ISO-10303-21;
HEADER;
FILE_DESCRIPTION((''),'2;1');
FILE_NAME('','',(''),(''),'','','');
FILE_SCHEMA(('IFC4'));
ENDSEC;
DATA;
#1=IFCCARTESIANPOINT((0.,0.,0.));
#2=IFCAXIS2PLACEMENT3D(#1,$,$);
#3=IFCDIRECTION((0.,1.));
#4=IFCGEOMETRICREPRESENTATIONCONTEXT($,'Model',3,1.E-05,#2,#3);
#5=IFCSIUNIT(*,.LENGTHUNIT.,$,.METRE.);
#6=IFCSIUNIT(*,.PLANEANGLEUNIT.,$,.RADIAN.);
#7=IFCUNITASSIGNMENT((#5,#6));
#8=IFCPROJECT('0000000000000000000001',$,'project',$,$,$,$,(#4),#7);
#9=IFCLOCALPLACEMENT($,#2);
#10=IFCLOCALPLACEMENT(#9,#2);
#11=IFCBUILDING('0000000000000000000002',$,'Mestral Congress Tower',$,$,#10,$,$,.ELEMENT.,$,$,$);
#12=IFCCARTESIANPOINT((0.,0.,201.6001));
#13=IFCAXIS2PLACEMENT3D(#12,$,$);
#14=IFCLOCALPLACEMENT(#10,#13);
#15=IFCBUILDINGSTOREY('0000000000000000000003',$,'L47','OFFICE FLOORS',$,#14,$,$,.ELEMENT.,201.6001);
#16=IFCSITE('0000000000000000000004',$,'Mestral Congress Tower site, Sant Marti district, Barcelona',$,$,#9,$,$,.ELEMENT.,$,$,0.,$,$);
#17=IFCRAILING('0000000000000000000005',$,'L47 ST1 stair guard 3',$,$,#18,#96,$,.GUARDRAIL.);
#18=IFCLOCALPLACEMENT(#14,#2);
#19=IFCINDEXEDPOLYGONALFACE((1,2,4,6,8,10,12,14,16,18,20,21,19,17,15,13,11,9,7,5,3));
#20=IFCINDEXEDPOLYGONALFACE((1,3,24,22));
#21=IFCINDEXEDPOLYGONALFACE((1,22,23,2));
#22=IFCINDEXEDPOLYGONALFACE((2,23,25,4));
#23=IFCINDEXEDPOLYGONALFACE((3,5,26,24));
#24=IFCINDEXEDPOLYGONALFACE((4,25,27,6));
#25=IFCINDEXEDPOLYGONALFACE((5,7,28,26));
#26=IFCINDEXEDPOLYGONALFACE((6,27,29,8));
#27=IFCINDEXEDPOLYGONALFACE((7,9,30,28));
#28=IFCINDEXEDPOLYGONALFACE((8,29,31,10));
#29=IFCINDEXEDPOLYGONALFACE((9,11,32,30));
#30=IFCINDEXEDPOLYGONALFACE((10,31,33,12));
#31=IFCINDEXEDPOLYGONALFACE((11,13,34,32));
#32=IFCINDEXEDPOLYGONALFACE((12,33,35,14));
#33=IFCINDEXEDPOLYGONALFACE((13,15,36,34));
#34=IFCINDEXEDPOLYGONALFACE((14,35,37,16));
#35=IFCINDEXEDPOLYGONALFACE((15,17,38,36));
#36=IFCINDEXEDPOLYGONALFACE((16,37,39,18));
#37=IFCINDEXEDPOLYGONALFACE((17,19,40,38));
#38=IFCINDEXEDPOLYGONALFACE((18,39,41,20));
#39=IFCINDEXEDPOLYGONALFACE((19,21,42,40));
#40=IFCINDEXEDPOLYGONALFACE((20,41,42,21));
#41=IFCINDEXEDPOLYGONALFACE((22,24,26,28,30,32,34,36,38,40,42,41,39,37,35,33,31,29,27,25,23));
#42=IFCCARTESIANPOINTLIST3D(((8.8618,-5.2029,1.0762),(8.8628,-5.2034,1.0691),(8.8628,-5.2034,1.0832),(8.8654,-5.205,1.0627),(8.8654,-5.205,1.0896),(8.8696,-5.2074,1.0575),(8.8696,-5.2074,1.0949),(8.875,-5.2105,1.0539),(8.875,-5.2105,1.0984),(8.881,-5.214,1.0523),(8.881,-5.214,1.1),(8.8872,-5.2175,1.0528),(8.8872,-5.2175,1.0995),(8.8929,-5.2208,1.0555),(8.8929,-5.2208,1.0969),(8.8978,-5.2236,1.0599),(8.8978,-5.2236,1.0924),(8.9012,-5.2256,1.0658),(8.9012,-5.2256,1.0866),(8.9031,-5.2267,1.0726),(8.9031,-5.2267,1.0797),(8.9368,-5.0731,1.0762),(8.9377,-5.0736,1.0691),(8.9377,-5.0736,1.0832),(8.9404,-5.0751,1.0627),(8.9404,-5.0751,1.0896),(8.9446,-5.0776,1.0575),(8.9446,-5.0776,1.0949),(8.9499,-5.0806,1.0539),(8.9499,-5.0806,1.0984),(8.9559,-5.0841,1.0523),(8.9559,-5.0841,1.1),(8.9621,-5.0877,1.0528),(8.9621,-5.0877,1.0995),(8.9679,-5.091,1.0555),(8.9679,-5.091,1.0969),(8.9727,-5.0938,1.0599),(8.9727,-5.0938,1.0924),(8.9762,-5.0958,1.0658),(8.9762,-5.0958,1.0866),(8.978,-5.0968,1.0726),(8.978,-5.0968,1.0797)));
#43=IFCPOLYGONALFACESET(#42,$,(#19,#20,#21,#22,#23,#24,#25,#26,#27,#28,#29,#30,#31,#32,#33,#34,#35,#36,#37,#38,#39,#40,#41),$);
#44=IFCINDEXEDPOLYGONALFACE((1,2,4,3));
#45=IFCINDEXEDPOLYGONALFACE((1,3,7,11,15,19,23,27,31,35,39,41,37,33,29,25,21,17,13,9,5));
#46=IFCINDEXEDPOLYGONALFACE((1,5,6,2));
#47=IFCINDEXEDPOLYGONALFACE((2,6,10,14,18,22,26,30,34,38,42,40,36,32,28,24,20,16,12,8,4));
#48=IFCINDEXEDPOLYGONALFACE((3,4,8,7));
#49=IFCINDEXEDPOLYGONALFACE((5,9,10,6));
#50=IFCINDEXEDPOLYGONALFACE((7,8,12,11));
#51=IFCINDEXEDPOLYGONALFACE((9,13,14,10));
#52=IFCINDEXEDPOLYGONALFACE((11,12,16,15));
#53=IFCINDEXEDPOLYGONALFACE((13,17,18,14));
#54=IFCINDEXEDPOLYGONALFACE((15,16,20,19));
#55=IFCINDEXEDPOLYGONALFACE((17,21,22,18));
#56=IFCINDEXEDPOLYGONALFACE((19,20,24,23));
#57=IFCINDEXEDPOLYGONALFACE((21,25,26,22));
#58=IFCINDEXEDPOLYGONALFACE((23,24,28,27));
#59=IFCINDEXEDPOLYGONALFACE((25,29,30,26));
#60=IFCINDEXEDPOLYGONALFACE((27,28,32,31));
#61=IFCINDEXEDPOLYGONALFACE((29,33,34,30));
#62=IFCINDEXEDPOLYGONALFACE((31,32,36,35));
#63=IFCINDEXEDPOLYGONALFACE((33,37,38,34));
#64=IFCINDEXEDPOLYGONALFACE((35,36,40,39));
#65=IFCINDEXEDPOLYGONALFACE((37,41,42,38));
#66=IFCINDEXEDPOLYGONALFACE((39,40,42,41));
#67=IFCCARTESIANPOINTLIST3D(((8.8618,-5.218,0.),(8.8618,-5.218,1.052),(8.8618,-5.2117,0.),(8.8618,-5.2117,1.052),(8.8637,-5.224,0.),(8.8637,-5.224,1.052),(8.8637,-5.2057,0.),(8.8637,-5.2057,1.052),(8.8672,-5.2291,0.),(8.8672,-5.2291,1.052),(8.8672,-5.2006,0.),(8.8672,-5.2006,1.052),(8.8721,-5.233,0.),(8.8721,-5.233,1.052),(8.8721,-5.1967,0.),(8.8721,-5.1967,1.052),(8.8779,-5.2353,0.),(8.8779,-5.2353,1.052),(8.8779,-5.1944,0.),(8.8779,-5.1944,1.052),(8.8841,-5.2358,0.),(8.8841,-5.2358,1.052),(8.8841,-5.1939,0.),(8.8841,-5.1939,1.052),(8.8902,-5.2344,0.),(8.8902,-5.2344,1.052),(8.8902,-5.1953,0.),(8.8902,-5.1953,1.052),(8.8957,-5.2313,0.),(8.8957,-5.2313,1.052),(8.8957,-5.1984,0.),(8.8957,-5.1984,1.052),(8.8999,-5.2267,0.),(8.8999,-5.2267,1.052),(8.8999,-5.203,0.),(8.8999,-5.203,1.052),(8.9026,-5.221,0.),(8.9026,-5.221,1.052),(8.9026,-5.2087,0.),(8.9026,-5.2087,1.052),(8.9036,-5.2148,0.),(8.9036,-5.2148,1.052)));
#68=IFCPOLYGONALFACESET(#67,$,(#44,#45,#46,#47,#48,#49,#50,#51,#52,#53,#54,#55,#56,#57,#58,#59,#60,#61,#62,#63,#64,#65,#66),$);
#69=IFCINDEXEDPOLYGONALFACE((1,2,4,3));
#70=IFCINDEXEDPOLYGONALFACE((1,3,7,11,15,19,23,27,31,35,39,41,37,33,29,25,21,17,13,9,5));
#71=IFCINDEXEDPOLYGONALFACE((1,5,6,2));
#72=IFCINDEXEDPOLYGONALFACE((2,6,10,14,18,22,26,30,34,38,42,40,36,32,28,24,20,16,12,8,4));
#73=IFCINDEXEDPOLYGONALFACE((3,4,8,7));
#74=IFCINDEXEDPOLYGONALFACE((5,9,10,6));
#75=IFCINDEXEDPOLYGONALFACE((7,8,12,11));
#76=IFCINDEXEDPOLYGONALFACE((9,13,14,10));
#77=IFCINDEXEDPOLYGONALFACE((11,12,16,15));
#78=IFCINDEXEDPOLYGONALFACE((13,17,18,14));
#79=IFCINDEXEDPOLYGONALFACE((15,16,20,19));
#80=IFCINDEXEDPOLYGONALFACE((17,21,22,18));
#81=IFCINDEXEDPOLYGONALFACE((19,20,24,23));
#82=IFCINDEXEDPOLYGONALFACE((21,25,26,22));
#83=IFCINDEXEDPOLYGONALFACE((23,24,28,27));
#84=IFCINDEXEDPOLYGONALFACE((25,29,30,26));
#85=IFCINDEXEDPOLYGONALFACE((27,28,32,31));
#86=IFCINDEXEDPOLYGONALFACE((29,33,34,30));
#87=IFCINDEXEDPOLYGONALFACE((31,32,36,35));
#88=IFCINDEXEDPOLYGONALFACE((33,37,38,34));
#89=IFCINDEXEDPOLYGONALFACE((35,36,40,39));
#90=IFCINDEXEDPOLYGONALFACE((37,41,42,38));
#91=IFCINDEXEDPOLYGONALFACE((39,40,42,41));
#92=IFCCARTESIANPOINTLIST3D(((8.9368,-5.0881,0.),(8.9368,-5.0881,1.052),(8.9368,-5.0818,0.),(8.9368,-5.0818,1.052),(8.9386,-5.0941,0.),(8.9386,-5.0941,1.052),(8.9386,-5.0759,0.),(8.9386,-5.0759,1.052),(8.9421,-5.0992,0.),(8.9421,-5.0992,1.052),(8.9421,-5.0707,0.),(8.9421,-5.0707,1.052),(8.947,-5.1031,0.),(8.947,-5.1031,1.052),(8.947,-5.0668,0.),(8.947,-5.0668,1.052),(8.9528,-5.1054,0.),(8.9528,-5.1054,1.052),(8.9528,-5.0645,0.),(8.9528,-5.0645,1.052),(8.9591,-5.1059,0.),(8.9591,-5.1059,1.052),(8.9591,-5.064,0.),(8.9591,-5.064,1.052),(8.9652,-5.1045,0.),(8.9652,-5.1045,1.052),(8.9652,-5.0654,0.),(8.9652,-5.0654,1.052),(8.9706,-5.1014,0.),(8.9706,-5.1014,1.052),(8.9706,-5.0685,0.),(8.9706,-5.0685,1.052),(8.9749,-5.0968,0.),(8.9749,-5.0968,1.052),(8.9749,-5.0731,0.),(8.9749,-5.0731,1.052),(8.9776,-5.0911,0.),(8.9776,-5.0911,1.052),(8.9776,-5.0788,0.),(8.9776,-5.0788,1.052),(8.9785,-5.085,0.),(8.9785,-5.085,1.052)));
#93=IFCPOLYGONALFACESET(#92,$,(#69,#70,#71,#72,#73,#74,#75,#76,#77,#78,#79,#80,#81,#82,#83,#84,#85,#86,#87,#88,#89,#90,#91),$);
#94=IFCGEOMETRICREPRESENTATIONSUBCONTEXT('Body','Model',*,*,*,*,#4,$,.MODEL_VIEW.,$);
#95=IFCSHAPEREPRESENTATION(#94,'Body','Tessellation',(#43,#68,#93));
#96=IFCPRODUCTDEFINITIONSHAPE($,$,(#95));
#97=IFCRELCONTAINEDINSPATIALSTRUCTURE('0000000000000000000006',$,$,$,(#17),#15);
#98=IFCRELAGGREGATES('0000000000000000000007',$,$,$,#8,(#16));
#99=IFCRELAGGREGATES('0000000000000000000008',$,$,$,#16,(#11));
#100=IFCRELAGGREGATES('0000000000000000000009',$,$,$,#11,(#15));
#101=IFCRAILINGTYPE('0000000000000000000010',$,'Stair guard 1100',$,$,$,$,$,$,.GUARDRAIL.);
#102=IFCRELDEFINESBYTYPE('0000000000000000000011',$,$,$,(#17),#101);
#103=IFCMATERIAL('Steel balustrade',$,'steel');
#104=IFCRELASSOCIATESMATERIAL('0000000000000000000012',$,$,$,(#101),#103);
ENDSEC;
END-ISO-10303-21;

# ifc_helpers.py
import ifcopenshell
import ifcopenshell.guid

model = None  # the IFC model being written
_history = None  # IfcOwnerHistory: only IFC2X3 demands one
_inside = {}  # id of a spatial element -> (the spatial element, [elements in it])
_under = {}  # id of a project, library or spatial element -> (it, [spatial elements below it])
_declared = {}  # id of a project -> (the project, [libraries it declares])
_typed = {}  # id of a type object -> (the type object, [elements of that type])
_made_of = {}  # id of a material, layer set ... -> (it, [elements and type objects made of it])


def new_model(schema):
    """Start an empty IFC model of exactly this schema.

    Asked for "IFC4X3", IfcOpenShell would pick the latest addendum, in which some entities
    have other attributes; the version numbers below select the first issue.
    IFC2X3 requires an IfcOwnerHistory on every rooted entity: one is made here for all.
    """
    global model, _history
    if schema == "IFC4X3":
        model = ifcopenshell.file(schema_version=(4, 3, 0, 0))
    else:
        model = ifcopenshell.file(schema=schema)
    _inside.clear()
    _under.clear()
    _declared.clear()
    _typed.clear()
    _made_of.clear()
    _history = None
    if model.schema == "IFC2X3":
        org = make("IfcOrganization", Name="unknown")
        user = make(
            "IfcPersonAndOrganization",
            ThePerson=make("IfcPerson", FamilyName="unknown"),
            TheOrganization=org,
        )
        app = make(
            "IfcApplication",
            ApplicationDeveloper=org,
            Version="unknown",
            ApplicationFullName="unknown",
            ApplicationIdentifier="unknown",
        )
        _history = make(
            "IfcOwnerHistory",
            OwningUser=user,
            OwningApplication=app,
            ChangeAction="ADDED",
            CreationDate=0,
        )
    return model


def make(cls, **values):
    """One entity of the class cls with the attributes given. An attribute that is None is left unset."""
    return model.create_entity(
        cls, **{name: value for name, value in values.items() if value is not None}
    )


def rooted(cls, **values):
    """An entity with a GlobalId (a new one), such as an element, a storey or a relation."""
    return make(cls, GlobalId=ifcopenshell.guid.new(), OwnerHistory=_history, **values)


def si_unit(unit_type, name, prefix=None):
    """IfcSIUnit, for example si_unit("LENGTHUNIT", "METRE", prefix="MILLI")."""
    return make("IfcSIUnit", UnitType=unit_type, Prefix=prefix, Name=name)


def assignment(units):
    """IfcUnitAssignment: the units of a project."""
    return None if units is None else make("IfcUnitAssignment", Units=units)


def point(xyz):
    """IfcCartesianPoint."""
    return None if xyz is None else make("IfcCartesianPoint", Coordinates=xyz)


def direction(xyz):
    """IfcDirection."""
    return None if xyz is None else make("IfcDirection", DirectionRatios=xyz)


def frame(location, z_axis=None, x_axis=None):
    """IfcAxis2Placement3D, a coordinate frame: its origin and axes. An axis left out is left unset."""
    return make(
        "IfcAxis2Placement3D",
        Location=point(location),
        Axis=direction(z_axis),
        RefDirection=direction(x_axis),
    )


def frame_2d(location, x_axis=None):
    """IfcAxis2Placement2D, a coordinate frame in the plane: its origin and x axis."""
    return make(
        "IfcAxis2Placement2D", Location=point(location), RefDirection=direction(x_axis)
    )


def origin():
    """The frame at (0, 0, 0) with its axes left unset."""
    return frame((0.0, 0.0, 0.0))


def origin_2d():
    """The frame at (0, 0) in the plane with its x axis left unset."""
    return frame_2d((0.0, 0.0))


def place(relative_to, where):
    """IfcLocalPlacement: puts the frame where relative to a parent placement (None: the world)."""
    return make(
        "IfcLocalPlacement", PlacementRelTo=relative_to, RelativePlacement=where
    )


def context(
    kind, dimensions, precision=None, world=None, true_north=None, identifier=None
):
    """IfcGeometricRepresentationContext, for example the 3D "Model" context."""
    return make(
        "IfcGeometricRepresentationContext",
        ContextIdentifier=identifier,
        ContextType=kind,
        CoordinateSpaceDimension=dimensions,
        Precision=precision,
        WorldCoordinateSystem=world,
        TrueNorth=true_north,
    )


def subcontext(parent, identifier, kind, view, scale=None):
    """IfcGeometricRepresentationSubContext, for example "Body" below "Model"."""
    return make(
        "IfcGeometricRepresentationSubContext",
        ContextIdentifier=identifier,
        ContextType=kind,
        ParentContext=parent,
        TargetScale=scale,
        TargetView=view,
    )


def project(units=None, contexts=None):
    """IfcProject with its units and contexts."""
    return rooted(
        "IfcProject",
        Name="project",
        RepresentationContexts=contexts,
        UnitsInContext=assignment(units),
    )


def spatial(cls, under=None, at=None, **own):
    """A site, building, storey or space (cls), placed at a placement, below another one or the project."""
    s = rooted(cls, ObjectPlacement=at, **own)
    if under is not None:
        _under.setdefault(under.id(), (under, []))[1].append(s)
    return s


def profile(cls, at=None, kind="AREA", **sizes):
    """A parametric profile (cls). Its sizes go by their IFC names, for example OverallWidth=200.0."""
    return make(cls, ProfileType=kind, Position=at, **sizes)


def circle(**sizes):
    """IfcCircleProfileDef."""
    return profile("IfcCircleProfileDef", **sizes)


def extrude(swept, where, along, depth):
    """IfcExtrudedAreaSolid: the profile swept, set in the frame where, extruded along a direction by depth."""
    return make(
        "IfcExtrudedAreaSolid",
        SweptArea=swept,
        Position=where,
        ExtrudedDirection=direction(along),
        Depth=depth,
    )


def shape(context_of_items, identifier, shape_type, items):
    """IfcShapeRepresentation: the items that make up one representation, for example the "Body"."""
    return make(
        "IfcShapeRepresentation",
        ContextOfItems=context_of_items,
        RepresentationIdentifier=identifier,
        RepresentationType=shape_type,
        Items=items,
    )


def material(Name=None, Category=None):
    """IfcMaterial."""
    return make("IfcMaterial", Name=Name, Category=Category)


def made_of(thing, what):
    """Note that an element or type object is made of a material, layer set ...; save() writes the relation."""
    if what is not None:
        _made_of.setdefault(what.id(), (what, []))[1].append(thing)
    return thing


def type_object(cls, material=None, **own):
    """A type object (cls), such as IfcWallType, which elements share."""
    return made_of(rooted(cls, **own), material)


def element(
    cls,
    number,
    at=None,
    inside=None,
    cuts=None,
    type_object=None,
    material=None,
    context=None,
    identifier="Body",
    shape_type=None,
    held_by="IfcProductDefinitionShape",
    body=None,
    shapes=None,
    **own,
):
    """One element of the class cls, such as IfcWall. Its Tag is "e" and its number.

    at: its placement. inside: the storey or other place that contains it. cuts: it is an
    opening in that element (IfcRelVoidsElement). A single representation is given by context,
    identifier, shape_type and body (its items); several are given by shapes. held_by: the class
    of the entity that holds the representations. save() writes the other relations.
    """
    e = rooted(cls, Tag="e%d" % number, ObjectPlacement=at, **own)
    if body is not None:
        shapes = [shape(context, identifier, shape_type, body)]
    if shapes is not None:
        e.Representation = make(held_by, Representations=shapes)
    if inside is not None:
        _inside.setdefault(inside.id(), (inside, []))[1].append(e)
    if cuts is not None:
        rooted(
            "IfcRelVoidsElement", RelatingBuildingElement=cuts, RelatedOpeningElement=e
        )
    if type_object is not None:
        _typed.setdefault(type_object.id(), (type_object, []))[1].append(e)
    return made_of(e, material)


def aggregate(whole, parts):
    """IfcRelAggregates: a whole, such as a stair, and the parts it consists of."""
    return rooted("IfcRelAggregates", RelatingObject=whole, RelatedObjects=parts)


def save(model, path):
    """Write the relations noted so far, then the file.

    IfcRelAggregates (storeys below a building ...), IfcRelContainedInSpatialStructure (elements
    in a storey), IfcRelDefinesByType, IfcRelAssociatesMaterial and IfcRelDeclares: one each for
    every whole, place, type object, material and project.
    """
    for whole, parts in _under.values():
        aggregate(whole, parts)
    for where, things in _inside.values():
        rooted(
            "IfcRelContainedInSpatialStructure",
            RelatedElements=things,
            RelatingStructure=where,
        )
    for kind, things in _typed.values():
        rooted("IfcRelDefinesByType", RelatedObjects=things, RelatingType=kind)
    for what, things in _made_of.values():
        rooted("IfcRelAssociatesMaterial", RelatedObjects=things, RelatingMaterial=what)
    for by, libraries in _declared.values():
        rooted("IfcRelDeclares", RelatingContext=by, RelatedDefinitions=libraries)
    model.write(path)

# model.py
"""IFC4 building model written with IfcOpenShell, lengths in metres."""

from ifc_helpers import new_model, si_unit, direction, frame, origin, origin_2d, place, context, subcontext, project, spatial, circle, extrude, material, type_object, element, save


model = new_model("IFC4")

# Units and contexts
model_context = context("Model", 3, precision=1e-05, world=origin(), true_north=direction((0.0, 1.0)))
body_context = subcontext(model_context, "Body", "Model", "MODEL_VIEW")
ifc_project = project(units=[si_unit("LENGTHUNIT", "METRE"), si_unit("PLANEANGLEUNIT", "RADIAN")], contexts=[model_context])

# Site, building, storey
site_placement = place(None, origin())
site = spatial("IfcSite", under=ifc_project, at=site_placement, Name="Mestral Congress Tower site, Sant Marti district, Barcelona", CompositionType="ELEMENT", RefElevation=0.0)
building_placement = place(site_placement, origin())
building = spatial("IfcBuilding", under=site, at=building_placement, Name="Mestral Congress Tower", CompositionType="ELEMENT")
storey_placement = place(building_placement, frame((0.0, 0.0, 201.6001)))
storey = spatial("IfcBuildingStorey", under=building, at=storey_placement, Name="L47", Description="OFFICE FLOORS", CompositionType="ELEMENT", Elevation=201.6001)

# Railing
ifc_material_1 = material(Name="Steel balustrade", Category="steel")
railing_type = type_object("IfcRailingType", Name="Stair guard 1100", PredefinedType="GUARDRAIL", material=ifc_material_1)
railing_1_placement = place(storey_placement, frame((8.8826, -5.2148, 0.0)))
element("IfcRailing", 1, at=railing_1_placement, inside=storey, type_object=railing_type, Name="L47 ST1 stair guard 3", PredefinedType="GUARDRAIL", context=body_context, shape_type="SweptSolid", body=[
    extrude(circle(Radius=0.0239, at=origin_2d()), frame((0.0, 0.0, 1.0762), z_axis=(0.499816, 0.866131, 0.0), x_axis=(-0.866131, 0.499816, 0.0)), (0.0, 0.0, 1.0), 0.1499),
    extrude(circle(Radius=0.021, at=origin_2d()), origin(), (0.0, 0.0, 1.0), 1.052),
    extrude(circle(Radius=0.021, at=origin_2d()), frame((0.075, 0.1299, 0.0)), (0.0, 0.0, 1.0), 1.052),
])

save(model, "model.ifc")
